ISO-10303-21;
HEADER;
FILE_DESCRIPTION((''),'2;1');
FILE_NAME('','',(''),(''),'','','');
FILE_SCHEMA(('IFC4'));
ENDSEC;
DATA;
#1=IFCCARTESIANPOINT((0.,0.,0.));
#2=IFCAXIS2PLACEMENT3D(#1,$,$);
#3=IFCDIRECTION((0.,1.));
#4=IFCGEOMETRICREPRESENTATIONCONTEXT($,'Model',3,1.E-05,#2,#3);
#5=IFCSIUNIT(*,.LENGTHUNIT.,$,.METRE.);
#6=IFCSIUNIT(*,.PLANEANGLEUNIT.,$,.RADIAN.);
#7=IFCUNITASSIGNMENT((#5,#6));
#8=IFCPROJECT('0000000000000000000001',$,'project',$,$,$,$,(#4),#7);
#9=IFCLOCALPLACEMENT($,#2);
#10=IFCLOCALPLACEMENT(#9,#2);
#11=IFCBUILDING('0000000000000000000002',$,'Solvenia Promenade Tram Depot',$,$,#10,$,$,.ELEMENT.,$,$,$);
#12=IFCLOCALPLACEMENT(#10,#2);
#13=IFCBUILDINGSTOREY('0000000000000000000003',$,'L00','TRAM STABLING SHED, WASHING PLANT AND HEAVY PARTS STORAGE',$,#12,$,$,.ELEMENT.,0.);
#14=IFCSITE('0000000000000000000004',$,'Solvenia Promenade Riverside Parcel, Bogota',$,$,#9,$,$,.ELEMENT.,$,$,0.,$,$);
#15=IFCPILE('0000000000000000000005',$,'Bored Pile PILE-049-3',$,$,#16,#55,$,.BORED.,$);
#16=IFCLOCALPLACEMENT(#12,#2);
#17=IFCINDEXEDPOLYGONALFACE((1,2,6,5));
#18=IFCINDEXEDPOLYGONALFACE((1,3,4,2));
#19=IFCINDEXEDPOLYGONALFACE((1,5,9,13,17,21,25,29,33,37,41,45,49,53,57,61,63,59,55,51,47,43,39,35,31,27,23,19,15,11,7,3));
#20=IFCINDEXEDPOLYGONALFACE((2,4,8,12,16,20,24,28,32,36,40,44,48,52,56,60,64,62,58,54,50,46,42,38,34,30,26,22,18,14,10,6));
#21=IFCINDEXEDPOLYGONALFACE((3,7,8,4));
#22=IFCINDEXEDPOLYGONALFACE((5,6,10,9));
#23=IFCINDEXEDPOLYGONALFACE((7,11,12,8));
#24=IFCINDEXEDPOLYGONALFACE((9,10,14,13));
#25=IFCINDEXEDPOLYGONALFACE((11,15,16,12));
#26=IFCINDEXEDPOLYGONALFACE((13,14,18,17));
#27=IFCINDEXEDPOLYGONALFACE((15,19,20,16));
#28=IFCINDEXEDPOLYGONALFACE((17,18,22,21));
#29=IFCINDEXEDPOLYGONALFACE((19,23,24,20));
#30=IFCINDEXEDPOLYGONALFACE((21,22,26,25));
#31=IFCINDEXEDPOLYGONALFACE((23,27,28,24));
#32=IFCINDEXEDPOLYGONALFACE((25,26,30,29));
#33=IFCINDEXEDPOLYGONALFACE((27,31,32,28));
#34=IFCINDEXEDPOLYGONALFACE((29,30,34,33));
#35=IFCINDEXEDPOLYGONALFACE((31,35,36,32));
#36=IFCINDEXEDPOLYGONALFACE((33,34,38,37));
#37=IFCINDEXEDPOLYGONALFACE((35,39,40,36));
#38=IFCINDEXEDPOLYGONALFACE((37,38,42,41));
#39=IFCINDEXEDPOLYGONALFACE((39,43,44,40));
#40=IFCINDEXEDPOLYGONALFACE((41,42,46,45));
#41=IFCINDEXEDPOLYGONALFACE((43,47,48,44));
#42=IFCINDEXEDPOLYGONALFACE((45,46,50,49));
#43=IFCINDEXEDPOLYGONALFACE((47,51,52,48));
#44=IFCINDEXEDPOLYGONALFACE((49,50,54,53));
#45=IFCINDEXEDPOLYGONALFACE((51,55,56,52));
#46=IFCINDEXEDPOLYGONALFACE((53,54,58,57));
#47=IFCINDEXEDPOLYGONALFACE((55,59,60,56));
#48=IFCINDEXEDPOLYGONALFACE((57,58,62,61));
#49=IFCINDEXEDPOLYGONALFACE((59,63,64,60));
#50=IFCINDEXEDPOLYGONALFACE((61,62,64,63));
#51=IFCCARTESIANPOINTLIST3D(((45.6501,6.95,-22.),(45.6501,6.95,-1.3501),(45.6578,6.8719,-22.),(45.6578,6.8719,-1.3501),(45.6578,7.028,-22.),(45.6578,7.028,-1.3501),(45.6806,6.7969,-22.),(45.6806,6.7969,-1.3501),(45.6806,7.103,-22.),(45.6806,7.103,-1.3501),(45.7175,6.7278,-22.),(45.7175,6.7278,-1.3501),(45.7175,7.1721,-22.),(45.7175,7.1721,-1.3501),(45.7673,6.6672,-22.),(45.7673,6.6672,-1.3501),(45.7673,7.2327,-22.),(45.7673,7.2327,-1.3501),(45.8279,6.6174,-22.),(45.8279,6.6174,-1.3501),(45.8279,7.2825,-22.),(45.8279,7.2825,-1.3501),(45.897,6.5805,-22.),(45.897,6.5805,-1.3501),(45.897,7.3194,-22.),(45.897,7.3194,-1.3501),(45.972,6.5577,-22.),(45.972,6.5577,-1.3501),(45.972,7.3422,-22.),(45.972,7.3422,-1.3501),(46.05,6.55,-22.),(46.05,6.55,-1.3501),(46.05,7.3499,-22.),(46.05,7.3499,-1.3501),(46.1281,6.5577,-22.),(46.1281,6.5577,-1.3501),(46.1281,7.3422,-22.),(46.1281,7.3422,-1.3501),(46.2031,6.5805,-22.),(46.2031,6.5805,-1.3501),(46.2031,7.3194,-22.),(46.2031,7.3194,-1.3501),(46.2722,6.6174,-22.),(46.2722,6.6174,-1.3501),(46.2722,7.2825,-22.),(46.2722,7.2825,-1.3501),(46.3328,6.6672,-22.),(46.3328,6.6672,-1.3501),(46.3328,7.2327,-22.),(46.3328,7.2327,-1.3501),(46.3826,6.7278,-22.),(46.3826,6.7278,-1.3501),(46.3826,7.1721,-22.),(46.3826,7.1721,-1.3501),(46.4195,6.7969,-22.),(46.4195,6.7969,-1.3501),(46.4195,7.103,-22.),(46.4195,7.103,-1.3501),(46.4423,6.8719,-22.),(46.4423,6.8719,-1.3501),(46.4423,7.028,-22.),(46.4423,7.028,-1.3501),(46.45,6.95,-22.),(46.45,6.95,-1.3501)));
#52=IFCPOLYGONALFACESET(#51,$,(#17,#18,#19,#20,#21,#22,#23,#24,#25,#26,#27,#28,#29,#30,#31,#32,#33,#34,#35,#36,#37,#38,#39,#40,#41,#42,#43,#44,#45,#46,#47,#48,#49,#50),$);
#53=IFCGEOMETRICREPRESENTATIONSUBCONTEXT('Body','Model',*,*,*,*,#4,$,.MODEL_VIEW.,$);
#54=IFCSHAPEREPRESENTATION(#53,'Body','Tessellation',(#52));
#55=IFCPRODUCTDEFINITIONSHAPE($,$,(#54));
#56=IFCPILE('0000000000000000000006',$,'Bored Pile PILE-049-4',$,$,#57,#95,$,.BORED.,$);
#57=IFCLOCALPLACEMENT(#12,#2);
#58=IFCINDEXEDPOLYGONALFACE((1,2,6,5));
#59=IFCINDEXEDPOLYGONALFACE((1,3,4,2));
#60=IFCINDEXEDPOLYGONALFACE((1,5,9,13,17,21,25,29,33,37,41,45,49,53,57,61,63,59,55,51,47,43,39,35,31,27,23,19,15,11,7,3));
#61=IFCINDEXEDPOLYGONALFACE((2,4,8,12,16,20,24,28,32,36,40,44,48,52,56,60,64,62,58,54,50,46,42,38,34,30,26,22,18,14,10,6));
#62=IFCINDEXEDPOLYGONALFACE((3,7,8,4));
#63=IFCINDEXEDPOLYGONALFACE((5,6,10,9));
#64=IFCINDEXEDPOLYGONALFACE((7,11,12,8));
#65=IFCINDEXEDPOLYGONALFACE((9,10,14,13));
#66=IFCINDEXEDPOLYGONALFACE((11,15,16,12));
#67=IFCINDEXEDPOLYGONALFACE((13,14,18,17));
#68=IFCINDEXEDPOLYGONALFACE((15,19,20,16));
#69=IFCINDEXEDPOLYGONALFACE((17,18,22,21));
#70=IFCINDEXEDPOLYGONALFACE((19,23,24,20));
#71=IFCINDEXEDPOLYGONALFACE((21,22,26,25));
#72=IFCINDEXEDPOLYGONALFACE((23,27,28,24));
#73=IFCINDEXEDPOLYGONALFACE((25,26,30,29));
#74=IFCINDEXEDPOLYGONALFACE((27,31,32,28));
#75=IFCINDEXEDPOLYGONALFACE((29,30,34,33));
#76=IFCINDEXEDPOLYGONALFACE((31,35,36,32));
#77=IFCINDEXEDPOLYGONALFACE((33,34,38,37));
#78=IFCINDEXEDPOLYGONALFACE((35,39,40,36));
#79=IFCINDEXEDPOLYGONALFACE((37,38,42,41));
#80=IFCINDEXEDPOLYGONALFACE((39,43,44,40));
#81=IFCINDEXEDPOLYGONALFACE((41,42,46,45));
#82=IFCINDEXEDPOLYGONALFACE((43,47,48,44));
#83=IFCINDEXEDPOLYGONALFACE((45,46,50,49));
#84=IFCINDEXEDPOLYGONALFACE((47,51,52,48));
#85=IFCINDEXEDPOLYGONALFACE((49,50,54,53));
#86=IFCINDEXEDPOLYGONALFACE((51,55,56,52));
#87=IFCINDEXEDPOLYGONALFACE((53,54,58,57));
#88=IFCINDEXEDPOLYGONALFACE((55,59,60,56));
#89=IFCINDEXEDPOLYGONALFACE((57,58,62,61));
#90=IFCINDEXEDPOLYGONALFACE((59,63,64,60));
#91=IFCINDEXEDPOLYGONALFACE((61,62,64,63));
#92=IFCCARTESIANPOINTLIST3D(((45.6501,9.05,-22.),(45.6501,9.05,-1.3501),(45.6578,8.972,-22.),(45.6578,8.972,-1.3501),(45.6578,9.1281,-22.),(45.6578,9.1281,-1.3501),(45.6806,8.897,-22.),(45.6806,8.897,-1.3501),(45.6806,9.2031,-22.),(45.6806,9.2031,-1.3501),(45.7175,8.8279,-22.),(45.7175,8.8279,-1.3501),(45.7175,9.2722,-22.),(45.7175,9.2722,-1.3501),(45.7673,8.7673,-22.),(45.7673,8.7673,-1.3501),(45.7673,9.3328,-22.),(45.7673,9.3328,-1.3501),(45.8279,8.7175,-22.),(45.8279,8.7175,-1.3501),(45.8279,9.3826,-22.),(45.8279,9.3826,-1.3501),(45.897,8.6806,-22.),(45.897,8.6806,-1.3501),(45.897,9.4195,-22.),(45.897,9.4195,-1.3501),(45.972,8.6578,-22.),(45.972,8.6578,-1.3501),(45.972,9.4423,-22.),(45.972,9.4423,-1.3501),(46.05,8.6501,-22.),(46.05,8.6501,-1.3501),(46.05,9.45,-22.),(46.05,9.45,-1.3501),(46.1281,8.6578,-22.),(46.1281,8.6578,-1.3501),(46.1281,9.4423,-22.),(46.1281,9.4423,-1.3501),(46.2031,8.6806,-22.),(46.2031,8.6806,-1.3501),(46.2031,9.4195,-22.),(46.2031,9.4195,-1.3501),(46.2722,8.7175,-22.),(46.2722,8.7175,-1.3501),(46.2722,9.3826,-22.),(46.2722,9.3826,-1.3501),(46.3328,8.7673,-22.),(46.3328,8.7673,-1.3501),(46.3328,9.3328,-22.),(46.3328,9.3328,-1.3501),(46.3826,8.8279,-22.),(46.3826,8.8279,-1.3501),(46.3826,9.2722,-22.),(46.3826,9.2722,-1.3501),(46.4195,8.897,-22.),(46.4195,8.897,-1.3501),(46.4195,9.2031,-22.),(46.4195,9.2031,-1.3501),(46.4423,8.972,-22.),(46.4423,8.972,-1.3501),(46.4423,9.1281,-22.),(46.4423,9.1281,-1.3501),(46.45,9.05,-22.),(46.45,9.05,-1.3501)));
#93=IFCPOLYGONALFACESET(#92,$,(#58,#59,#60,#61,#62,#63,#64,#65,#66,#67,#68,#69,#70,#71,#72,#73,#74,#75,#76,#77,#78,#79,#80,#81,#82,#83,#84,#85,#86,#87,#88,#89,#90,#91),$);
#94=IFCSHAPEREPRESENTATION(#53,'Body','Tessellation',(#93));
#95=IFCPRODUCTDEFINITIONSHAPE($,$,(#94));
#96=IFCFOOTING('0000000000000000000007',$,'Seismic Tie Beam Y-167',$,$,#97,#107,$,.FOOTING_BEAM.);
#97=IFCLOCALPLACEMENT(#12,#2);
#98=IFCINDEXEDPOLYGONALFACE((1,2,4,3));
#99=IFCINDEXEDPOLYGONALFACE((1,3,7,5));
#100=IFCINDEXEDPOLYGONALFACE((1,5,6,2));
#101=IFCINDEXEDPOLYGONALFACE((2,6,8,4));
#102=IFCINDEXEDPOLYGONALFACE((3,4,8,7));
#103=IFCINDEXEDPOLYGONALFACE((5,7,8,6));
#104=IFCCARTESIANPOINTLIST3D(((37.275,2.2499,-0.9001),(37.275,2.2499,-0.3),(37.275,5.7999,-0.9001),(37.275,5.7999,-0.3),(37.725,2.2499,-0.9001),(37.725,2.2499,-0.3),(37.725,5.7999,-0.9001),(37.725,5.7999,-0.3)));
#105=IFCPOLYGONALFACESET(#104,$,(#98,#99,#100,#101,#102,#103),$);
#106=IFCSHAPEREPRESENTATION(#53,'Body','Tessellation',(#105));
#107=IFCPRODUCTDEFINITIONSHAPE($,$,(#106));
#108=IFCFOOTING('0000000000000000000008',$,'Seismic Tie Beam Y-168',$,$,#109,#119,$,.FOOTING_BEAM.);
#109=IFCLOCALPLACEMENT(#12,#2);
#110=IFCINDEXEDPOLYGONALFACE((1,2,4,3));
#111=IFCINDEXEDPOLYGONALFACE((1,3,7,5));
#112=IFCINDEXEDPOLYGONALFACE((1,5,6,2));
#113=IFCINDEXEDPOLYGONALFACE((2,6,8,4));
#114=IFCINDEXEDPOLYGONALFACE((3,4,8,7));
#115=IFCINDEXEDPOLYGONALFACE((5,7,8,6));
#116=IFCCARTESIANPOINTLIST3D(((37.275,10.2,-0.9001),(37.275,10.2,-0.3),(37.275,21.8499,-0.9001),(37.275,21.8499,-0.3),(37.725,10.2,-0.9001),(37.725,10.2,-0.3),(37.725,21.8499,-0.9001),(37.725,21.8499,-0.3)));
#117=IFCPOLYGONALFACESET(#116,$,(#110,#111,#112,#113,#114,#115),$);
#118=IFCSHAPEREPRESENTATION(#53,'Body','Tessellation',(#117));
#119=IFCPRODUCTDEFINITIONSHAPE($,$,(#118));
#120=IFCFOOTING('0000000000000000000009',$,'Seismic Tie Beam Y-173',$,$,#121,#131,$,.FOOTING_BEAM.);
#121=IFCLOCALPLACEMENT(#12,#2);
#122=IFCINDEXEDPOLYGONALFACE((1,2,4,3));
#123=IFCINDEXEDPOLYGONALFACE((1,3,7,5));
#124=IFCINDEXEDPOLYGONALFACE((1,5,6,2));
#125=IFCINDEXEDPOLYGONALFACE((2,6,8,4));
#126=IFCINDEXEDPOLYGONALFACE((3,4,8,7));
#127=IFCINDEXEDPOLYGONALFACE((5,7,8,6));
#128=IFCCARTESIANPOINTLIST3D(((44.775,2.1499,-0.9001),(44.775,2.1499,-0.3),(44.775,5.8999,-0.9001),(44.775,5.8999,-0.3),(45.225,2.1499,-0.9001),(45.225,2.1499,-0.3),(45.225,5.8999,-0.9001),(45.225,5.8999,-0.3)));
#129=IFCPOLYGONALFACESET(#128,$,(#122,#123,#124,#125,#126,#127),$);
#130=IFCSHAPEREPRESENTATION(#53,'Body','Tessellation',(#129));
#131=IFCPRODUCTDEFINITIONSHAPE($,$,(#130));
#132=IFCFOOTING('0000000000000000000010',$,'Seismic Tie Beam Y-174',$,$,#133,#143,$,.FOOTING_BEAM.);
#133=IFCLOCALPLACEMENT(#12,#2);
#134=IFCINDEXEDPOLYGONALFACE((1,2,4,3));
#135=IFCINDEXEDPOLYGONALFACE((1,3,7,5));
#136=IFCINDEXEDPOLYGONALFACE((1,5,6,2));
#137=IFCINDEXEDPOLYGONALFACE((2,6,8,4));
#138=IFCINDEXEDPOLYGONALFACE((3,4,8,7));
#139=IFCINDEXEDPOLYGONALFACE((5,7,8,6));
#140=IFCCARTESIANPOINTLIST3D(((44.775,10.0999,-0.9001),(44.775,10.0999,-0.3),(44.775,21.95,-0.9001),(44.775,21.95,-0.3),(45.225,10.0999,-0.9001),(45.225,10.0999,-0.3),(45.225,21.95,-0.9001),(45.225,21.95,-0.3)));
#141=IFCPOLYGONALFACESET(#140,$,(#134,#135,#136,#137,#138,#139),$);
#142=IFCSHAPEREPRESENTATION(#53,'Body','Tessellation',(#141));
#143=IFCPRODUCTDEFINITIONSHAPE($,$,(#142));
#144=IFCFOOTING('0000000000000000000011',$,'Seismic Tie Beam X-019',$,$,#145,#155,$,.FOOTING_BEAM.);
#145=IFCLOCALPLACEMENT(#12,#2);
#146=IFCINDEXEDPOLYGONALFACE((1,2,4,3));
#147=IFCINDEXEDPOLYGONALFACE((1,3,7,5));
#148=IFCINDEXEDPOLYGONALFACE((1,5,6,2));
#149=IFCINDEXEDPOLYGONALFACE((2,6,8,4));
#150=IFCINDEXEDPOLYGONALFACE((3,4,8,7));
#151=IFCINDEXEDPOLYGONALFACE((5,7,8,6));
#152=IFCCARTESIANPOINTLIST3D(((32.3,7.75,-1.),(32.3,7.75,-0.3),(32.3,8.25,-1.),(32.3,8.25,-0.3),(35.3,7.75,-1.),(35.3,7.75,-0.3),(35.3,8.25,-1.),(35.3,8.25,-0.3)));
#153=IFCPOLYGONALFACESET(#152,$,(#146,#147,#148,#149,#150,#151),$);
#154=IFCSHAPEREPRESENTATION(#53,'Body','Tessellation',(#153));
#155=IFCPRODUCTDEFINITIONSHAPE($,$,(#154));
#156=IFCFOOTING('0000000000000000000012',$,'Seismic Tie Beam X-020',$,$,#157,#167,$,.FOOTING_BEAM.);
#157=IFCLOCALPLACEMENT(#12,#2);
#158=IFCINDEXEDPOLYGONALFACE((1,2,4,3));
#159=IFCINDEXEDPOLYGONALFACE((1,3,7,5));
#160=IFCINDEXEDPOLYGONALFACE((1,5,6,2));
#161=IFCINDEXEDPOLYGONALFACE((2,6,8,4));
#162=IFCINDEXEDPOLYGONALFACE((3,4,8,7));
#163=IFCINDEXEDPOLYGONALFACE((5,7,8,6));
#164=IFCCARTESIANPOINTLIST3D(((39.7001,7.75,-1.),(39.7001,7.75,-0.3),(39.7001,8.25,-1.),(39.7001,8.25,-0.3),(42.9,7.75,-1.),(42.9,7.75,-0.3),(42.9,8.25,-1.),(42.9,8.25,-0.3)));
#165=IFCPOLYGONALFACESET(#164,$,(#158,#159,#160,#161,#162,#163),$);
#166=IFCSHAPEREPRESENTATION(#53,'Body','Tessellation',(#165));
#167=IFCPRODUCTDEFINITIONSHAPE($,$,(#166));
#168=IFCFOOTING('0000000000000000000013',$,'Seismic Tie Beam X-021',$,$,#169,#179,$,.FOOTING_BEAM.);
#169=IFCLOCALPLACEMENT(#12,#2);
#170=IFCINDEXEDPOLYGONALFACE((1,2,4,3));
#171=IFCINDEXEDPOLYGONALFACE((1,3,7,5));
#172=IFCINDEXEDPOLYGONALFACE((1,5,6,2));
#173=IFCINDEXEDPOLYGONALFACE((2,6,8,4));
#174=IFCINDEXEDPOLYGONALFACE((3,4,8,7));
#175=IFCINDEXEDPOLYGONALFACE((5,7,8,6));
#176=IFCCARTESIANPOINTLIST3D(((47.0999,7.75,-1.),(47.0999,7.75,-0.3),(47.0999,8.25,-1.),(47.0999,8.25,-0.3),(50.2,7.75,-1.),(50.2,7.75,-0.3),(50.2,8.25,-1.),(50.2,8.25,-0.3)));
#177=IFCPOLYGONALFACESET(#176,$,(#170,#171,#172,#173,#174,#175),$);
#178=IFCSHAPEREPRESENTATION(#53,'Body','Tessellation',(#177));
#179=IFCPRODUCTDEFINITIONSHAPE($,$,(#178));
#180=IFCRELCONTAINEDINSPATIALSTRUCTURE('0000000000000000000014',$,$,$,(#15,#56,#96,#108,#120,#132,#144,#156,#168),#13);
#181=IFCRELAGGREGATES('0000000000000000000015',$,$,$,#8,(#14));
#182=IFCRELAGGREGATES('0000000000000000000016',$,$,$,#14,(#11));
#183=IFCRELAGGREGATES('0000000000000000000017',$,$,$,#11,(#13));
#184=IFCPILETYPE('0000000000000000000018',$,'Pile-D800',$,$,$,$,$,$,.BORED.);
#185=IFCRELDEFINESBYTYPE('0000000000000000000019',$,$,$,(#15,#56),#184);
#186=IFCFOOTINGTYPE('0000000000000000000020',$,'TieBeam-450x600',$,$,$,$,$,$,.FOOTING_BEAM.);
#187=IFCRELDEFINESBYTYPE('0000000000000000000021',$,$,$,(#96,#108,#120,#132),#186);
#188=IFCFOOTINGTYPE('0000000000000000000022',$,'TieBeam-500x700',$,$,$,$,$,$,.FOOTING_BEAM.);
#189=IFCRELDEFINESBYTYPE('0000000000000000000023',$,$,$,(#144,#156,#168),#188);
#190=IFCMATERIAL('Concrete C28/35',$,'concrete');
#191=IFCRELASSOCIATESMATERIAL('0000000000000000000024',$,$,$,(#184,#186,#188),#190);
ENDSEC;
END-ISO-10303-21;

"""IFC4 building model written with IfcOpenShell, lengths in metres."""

from ifc_helpers import new_model, si_unit, direction, frame, origin, origin_2d, place, context, subcontext, project, spatial, rectangle, circle, extrude, material, material_profile, profile_set, type_object, element, save


model = new_model("IFC4")

# Units and contexts
model_context = context("Model", 3, precision=1e-05, world=origin(), true_north=direction((0.0, 1.0)))
body_context = subcontext(model_context, "Body", "Model", "MODEL_VIEW")
ifc_project = project(units=[si_unit("LENGTHUNIT", "METRE"), si_unit("PLANEANGLEUNIT", "RADIAN")], contexts=[model_context])

# Site, building, storey
site_placement = place(None, origin())
site = spatial("IfcSite", under=ifc_project, at=site_placement, Name="Solvenia Promenade Riverside Parcel, Bogota", CompositionType="ELEMENT", RefElevation=0.0)
building_placement = place(site_placement, origin())
building = spatial("IfcBuilding", under=site, at=building_placement, Name="Solvenia Promenade Tram Depot", CompositionType="ELEMENT")
storey_placement = place(building_placement, origin())
storey = spatial("IfcBuildingStorey", under=building, at=storey_placement, Name="L00", Description="TRAM STABLING SHED, WASHING PLANT AND HEAVY PARTS STORAGE", CompositionType="ELEMENT", Elevation=0.0)

# Shared definitions
ifc_material_1 = material(Name="Concrete C28/35", Category="concrete")

# Piles
ifc_material_profile_1 = material_profile(ifc_material_1, circle(Radius=0.3999, at=origin_2d()), Name="D800", Category="concrete")
ifc_profile_set_1 = profile_set([ifc_material_profile_1], Name="Concrete C28/35")
pile_type_1 = type_object("IfcPileType", Name="Pile-D800", PredefinedType="BORED", material=ifc_profile_set_1)
for number, where, z_axis, x_axis, name in (
    (1, (46.05, 6.95, -1.3501), (0.0, 0.0, -1.0), (1.0, 0.0, 0.0), "Bored Pile PILE-049-3"),
    (2, (46.05, 9.05, -1.3501), (0.0, 0.0, -1.0), (1.0, 0.0, 0.0), "Bored Pile PILE-049-4"),
):
    element("IfcPile", number, at=place(storey_placement, frame(where, z_axis=z_axis, x_axis=x_axis)), inside=storey, type_object=pile_type_1, Name=name, PredefinedType="BORED", context=body_context, shape_type="SweptSolid", body=[
        extrude(circle(Radius=0.3999, at=origin_2d()), origin(), (0.0, 0.0, 1.0), 20.6499),
    ])

# Footings
footing_type_1 = type_object("IfcFootingType", Name="TieBeam-450x600", PredefinedType="FOOTING_BEAM", material=ifc_material_1)
footing_1_placement = place(storey_placement, frame((37.5, 4.0249, -0.9001), z_axis=(0.0, 0.0, 1.0), x_axis=(1.0, 0.0, 0.0)))
element("IfcFooting", 3, at=footing_1_placement, inside=storey, type_object=footing_type_1, Name="Seismic Tie Beam Y-167", PredefinedType="FOOTING_BEAM", context=body_context, shape_type="SweptSolid", body=[
    extrude(rectangle(XDim=0.45, YDim=3.55, at=origin_2d()), origin(), (0.0, 0.0, 1.0), 0.6001),
])
footing_2_placement = place(storey_placement, frame((37.5, 16.0249, -0.9001), z_axis=(0.0, 0.0, 1.0), x_axis=(1.0, 0.0, 0.0)))
element("IfcFooting", 4, at=footing_2_placement, inside=storey, type_object=footing_type_1, Name="Seismic Tie Beam Y-168", PredefinedType="FOOTING_BEAM", context=body_context, shape_type="SweptSolid", body=[
    extrude(rectangle(XDim=0.45, YDim=11.6499, at=origin_2d()), origin(), (0.0, 0.0, 1.0), 0.6001),
])
footing_3_placement = place(storey_placement, frame((45.0, 4.0249, -0.9001), z_axis=(0.0, 0.0, 1.0), x_axis=(1.0, 0.0, 0.0)))
element("IfcFooting", 5, at=footing_3_placement, inside=storey, type_object=footing_type_1, Name="Seismic Tie Beam Y-173", PredefinedType="FOOTING_BEAM", context=body_context, shape_type="SweptSolid", body=[
    extrude(rectangle(XDim=0.45, YDim=3.75, at=origin_2d()), origin(), (0.0, 0.0, 1.0), 0.6001),
])
footing_4_placement = place(storey_placement, frame((45.0, 16.0249, -0.9001), z_axis=(0.0, 0.0, 1.0), x_axis=(1.0, 0.0, 0.0)))
element("IfcFooting", 6, at=footing_4_placement, inside=storey, type_object=footing_type_1, Name="Seismic Tie Beam Y-174", PredefinedType="FOOTING_BEAM", context=body_context, shape_type="SweptSolid", body=[
    extrude(rectangle(XDim=0.45, YDim=11.8501, at=origin_2d()), origin(), (0.0, 0.0, 1.0), 0.6001),
])
footing_type_2 = type_object("IfcFootingType", Name="TieBeam-500x700", PredefinedType="FOOTING_BEAM", material=ifc_material_1)
footing_5_placement = place(storey_placement, frame((33.8, 8.0, -1.0), z_axis=(0.0, 0.0, 1.0), x_axis=(1.0, 0.0, 0.0)))
element("IfcFooting", 7, at=footing_5_placement, inside=storey, type_object=footing_type_2, Name="Seismic Tie Beam X-019", PredefinedType="FOOTING_BEAM", context=body_context, shape_type="SweptSolid", body=[
    extrude(rectangle(XDim=3.0, YDim=0.5, at=origin_2d()), origin(), (0.0, 0.0, 1.0), 0.7),
])
footing_6_placement = place(storey_placement, frame((41.3, 8.0, -1.0), z_axis=(0.0, 0.0, 1.0), x_axis=(1.0, 0.0, 0.0)))
element("IfcFooting", 8, at=footing_6_placement, inside=storey, type_object=footing_type_2, Name="Seismic Tie Beam X-020", PredefinedType="FOOTING_BEAM", context=body_context, shape_type="SweptSolid", body=[
    extrude(rectangle(XDim=3.2, YDim=0.5, at=origin_2d()), origin(), (0.0, 0.0, 1.0), 0.7),
])
footing_7_placement = place(storey_placement, frame((48.6499, 8.0, -1.0), z_axis=(0.0, 0.0, 1.0), x_axis=(1.0, 0.0, 0.0)))
element("IfcFooting", 9, at=footing_7_placement, inside=storey, type_object=footing_type_2, Name="Seismic Tie Beam X-021", PredefinedType="FOOTING_BEAM", context=body_context, shape_type="SweptSolid", body=[
    extrude(rectangle(XDim=3.1001, YDim=0.5, at=origin_2d()), origin(), (0.0, 0.0, 1.0), 0.7),
])

save(model, "model.ifc")
